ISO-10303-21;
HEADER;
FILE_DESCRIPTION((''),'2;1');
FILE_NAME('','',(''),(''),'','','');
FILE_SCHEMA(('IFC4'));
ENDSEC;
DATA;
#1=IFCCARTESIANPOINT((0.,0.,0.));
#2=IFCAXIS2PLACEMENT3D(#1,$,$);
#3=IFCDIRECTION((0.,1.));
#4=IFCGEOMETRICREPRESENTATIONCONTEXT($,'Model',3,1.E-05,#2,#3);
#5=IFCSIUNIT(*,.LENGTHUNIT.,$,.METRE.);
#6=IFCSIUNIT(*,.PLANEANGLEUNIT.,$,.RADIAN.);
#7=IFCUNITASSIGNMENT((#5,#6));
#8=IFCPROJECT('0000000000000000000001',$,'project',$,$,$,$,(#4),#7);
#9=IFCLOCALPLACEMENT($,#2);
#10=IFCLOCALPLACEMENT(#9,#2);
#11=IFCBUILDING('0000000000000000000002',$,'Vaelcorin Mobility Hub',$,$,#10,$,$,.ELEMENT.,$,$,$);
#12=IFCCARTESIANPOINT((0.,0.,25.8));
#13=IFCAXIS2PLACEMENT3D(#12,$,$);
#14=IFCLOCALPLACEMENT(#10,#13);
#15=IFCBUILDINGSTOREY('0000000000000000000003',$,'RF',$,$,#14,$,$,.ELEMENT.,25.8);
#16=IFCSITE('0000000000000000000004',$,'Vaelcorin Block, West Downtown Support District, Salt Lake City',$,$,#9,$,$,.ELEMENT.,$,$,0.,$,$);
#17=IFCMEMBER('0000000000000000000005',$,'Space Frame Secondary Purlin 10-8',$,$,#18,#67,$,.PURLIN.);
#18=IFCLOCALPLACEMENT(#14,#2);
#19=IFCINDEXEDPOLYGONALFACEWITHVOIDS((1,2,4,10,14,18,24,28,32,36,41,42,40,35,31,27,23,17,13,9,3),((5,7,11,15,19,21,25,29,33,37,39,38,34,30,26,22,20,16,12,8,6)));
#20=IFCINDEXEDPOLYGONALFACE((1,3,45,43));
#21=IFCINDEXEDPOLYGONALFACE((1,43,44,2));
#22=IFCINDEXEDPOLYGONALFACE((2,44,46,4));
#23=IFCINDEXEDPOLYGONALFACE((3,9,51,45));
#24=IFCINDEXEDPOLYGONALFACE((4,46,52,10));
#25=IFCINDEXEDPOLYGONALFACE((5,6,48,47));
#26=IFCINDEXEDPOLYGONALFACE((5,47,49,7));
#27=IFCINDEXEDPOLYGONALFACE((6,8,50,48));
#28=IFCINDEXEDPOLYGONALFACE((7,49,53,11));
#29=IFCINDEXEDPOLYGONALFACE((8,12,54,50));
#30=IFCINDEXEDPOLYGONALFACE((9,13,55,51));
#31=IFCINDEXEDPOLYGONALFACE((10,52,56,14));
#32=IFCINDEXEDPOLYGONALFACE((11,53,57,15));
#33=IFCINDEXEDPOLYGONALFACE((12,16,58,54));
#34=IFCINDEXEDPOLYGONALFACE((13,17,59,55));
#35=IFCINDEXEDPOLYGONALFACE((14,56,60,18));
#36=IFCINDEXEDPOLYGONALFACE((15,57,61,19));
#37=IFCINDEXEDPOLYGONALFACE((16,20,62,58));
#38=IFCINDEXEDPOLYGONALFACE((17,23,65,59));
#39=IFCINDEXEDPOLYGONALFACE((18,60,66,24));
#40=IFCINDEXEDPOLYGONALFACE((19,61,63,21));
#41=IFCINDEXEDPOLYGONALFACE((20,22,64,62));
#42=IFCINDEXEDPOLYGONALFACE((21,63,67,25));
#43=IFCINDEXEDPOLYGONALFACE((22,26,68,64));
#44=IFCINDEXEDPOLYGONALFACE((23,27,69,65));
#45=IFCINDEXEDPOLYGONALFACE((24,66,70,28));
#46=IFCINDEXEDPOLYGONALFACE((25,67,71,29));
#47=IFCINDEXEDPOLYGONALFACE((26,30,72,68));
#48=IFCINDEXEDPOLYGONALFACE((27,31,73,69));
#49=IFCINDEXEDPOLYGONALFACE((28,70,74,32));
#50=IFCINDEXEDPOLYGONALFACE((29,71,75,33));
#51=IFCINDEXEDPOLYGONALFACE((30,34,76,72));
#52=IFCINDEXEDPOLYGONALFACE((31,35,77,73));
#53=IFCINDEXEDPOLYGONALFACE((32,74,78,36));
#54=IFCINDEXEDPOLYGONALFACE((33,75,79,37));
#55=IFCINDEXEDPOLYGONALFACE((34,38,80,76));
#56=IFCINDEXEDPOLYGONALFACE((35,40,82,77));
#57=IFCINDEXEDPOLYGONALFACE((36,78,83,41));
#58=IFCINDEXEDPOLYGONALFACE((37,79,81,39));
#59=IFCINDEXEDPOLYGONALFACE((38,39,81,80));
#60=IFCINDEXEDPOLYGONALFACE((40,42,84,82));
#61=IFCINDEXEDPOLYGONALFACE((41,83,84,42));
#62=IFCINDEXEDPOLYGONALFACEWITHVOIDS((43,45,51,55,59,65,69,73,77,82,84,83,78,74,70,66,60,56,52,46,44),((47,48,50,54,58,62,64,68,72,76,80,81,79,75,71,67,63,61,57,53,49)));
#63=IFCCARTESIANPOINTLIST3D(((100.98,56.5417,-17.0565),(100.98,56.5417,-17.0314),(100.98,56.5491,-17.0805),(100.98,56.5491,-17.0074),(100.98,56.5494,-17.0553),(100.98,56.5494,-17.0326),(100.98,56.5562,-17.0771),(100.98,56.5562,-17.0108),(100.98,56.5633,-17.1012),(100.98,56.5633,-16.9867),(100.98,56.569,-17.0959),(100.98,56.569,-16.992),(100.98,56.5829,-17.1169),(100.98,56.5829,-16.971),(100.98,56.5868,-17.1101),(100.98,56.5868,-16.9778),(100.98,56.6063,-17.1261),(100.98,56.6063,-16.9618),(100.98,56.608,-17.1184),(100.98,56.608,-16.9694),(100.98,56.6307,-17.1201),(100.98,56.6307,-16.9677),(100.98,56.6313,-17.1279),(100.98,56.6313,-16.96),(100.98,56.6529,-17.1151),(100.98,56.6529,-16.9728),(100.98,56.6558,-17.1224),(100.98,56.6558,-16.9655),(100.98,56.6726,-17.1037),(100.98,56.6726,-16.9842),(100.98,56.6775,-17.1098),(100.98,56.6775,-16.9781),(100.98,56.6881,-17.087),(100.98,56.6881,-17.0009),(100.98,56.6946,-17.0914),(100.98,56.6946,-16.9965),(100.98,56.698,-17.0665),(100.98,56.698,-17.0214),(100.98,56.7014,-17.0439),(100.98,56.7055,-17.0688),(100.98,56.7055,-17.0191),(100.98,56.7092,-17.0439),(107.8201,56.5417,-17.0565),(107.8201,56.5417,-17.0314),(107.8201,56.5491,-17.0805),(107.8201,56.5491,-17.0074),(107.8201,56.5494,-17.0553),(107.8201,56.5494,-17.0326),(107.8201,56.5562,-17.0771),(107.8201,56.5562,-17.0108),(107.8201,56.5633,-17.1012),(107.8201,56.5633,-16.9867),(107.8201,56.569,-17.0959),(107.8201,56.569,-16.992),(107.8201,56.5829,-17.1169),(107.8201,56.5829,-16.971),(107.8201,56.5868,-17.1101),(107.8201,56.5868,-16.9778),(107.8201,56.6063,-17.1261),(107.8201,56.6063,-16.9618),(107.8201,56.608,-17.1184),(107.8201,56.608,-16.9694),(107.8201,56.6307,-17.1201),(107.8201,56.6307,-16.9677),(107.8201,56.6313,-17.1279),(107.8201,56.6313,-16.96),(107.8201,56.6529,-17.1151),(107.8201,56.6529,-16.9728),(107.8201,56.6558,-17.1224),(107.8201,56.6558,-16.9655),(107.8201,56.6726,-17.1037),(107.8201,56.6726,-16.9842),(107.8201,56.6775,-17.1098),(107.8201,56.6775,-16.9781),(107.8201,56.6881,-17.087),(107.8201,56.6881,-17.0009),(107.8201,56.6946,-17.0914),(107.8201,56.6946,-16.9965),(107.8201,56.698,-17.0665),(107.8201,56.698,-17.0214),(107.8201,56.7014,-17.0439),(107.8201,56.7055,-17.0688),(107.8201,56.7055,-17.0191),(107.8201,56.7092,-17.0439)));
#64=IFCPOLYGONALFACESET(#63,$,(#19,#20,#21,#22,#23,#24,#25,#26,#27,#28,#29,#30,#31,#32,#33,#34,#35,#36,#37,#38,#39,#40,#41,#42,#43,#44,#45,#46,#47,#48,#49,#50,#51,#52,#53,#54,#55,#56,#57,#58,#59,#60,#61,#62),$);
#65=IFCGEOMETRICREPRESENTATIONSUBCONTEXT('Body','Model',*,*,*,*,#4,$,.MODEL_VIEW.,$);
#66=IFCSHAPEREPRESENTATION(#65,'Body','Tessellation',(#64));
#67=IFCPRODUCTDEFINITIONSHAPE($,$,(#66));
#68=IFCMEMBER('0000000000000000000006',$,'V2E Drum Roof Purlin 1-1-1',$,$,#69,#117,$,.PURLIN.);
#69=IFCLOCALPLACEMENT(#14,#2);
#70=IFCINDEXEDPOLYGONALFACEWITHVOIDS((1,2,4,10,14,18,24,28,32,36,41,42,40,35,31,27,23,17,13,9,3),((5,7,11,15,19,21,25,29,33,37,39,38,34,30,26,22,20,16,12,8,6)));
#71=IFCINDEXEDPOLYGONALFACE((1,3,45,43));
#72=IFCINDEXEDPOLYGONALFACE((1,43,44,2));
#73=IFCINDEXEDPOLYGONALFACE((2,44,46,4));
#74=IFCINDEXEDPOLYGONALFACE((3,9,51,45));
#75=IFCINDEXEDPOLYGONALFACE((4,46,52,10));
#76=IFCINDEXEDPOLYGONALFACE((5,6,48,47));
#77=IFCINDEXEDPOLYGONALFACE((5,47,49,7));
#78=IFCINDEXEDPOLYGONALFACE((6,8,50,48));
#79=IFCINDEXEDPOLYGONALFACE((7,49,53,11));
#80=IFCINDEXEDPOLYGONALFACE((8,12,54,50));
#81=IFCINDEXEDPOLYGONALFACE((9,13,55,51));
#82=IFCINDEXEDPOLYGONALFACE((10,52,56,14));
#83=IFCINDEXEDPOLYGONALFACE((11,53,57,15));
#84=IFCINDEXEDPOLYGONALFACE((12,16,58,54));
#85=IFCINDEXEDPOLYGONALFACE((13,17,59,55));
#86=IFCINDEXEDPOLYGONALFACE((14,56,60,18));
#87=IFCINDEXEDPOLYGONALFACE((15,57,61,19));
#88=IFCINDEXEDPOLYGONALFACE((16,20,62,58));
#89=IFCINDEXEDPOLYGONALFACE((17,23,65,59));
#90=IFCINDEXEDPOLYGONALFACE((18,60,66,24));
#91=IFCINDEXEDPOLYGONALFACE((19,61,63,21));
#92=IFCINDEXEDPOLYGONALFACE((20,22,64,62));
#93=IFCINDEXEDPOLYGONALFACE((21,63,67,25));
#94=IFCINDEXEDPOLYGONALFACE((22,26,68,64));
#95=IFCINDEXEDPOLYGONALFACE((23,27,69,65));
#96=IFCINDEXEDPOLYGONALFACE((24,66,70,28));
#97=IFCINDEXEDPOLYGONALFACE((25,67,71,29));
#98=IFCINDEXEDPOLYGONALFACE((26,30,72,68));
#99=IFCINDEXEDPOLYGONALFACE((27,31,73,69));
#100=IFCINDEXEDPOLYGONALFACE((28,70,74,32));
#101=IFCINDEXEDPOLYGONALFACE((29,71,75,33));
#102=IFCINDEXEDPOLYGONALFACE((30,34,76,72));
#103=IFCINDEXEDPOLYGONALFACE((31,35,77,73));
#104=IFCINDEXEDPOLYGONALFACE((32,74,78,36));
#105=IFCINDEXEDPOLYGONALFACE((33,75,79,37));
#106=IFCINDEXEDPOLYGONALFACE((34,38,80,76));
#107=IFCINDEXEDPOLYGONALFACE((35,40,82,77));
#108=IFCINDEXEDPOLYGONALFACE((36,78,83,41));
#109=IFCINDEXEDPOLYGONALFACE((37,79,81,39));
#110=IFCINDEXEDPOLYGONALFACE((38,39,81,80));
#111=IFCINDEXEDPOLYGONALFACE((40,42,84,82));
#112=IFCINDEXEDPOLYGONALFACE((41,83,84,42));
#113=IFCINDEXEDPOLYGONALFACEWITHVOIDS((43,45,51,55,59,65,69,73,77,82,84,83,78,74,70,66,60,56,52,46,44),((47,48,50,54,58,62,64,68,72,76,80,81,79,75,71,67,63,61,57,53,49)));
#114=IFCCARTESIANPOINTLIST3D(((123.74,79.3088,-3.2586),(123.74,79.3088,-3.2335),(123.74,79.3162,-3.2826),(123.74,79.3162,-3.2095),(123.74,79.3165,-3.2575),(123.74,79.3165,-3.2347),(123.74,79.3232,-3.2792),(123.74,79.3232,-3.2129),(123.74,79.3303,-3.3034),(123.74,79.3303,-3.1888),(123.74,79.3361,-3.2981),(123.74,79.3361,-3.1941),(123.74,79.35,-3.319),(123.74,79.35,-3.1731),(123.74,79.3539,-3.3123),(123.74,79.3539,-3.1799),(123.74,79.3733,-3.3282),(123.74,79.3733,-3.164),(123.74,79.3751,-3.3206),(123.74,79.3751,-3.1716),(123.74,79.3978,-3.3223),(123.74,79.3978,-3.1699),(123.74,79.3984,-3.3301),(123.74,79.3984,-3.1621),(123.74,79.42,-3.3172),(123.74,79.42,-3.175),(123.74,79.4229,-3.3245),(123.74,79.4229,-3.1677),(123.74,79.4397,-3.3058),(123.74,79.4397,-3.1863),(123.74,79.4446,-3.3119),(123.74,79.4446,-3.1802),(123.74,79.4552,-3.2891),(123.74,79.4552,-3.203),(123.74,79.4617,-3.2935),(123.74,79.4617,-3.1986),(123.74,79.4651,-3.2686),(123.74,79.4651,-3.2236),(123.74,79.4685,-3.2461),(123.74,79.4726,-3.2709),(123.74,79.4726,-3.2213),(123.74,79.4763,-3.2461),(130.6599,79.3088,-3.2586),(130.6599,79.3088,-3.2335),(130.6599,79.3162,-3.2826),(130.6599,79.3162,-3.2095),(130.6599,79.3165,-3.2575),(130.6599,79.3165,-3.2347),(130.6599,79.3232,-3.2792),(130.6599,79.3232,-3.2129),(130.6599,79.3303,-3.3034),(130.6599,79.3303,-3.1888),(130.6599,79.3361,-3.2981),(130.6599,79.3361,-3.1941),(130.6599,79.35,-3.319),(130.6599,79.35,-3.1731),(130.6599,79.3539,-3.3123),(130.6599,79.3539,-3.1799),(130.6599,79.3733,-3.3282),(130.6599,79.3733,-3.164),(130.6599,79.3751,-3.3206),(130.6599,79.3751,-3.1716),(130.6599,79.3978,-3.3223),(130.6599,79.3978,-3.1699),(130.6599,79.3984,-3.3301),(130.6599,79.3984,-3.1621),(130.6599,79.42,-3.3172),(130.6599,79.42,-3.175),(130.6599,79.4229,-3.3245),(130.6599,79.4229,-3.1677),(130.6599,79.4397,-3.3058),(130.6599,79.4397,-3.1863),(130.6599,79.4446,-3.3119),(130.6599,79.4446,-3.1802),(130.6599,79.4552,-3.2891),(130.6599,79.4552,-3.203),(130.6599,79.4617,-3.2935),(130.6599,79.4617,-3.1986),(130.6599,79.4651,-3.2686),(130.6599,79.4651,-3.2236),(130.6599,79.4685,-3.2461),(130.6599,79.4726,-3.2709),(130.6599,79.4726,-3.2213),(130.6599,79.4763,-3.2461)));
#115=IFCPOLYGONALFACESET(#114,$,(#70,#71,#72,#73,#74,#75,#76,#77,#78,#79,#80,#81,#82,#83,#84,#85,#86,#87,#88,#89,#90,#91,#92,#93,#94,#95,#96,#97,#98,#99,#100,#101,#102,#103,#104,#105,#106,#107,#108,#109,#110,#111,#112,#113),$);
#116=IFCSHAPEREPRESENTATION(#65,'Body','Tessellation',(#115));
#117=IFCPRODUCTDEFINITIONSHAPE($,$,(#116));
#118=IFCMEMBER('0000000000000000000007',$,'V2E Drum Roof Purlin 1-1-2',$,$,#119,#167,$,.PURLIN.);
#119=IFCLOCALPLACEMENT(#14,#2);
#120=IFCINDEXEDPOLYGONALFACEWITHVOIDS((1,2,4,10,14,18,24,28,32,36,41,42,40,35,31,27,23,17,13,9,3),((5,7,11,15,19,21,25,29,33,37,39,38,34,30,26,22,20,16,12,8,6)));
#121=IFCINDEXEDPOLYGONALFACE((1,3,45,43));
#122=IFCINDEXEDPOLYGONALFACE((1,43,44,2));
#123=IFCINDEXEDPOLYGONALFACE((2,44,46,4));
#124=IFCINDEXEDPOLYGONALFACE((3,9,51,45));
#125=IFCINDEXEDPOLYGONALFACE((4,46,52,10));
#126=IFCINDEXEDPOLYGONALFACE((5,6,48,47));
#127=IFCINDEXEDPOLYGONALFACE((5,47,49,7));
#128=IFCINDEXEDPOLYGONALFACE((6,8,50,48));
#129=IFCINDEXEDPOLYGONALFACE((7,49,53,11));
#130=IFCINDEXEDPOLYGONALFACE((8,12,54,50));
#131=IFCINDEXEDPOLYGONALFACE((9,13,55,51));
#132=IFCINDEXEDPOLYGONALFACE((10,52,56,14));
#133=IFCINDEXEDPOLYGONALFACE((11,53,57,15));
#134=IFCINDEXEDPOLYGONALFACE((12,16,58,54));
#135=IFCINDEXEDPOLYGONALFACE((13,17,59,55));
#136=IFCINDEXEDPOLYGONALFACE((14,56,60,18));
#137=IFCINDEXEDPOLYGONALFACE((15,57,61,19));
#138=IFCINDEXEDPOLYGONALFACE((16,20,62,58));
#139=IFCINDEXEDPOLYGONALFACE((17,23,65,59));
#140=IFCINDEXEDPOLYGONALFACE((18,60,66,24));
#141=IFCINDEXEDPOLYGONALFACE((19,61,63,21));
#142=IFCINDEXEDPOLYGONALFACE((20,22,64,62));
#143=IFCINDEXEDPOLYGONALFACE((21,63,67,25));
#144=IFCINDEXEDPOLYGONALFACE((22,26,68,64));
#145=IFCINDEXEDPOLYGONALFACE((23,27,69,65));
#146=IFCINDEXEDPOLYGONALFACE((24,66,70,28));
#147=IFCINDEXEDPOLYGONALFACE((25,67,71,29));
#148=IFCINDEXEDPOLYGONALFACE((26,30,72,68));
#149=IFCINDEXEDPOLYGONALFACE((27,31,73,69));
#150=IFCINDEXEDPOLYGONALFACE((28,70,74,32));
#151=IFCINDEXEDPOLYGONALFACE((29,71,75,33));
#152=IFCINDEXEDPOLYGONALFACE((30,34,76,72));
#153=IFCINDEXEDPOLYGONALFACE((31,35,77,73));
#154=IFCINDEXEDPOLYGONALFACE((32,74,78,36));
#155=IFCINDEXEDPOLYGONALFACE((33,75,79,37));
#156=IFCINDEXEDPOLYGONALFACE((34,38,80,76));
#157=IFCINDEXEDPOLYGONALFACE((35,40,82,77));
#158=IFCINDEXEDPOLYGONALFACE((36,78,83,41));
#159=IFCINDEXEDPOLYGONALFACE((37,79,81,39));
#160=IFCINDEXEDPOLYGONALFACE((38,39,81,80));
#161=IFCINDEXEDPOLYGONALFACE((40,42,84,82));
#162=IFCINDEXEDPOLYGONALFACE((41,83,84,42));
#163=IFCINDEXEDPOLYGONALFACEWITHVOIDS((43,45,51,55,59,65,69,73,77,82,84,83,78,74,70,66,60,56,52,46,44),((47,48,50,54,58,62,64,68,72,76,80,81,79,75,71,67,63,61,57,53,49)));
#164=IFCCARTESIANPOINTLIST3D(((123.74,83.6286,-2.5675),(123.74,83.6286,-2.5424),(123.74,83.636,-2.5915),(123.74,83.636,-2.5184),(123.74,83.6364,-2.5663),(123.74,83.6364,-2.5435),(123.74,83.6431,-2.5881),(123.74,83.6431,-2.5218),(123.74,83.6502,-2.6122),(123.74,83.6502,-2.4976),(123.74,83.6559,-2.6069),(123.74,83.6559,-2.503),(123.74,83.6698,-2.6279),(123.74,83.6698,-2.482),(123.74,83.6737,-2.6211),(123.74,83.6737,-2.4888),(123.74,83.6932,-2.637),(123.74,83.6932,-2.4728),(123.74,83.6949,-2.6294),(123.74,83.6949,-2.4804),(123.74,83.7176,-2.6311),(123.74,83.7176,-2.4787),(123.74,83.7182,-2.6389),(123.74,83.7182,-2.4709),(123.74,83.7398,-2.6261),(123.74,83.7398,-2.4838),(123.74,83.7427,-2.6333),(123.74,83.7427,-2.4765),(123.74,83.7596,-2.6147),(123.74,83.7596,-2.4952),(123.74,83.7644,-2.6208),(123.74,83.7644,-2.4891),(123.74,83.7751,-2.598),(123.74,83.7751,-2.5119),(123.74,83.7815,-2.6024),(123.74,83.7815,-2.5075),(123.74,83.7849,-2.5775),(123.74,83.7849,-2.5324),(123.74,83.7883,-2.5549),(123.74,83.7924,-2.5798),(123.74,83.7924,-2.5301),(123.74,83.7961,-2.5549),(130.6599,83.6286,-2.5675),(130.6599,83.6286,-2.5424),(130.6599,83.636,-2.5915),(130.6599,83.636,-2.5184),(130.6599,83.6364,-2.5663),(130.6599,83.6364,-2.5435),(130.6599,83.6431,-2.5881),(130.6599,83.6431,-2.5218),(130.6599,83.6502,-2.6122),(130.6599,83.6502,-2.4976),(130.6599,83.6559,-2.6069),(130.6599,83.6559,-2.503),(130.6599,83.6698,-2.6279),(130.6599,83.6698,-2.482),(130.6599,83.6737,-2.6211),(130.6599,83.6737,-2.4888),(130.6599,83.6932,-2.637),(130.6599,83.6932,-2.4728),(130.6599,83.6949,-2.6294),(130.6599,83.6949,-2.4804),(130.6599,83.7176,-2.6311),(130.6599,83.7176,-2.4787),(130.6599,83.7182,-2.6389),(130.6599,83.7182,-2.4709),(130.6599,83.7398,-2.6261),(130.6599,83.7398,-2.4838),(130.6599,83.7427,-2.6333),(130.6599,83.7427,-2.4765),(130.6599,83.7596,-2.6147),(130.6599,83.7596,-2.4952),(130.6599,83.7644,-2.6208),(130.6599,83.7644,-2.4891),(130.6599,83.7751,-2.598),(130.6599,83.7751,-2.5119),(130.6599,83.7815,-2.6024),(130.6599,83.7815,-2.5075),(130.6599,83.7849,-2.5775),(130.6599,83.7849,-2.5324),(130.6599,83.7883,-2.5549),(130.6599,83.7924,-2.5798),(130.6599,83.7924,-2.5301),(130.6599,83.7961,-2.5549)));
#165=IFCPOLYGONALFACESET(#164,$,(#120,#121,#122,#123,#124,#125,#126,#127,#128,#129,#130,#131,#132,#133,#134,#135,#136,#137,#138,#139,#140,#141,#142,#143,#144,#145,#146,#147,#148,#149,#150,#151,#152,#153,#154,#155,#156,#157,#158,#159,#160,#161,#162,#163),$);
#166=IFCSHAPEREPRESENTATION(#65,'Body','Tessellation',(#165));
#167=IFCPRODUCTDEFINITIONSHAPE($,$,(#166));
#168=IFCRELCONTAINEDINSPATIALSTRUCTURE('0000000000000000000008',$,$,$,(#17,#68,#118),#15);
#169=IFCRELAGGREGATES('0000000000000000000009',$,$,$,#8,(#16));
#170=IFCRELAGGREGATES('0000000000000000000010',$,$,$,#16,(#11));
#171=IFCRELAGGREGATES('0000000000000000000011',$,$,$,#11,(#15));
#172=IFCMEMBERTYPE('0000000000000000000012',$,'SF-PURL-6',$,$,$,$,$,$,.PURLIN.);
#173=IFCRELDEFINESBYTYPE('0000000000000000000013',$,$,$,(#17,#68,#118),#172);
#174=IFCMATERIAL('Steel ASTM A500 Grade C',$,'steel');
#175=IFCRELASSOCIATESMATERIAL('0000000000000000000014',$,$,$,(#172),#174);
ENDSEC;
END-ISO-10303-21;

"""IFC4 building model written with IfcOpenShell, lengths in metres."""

from ifc_helpers import new_model, si_unit, direction, frame, origin, origin_2d, place, context, subcontext, project, spatial, hollow_circle, extrude, material, material_profile, profile_set, type_object, element, save


model = new_model("IFC4")

# Units and contexts
model_context = context("Model", 3, precision=1e-05, world=origin(), true_north=direction((0.0, 1.0)))
body_context = subcontext(model_context, "Body", "Model", "MODEL_VIEW")
ifc_project = project(units=[si_unit("LENGTHUNIT", "METRE"), si_unit("PLANEANGLEUNIT", "RADIAN")], contexts=[model_context])

# Site, building, storey
site_placement = place(None, origin())
site = spatial("IfcSite", under=ifc_project, at=site_placement, Name="Vaelcorin Block, West Downtown Support District, Salt Lake City", CompositionType="ELEMENT", RefElevation=0.0)
building_placement = place(site_placement, origin())
building = spatial("IfcBuilding", under=site, at=building_placement, Name="Vaelcorin Mobility Hub", CompositionType="ELEMENT")
storey_placement = place(building_placement, frame((0.0, 0.0, 25.8)))
storey = spatial("IfcBuildingStorey", under=building, at=storey_placement, Name="RF", CompositionType="ELEMENT", Elevation=25.8)

# Members
ifc_material_1 = material(Name="Steel ASTM A500 Grade C", Category="steel")
ifc_material_profile_1 = material_profile(ifc_material_1, hollow_circle(Radius=0.0842, WallThickness=0.0078, at=origin_2d()), Name="HSS6.625X0.312")
ifc_profile_set_1 = profile_set([ifc_material_profile_1], Name="Steel ASTM A500 Grade C")
member_type_1 = type_object("IfcMemberType", Name="SF-PURL-6", PredefinedType="PURLIN", material=ifc_profile_set_1)
member_1_placement = place(storey_placement, frame((100.98, 56.625, -17.0439), z_axis=(1.0, 0.0, 0.0), x_axis=(0.0, 1.0, 0.0)))
element("IfcMember", 1, at=member_1_placement, inside=storey, type_object=member_type_1, Name="Space Frame Secondary Purlin 10-8", PredefinedType="PURLIN", context=body_context, shape_type="SweptSolid", body=[
    extrude(hollow_circle(Radius=0.0842, WallThickness=0.0078, at=origin_2d()), origin(), (0.0, 0.0, 1.0), 6.8401),
])
for number, where, z_axis, x_axis, name in (
    (2, (123.74, 79.3921, -3.2461), (1.0, 0.0, 0.0), (0.0, 1.0, 0.0), "V2E Drum Roof Purlin 1-1-1"),
    (3, (123.74, 83.7119, -2.5549), (1.0, 0.0, 0.0), (0.0, 1.0, 0.0), "V2E Drum Roof Purlin 1-1-2"),
):
    element("IfcMember", number, at=place(storey_placement, frame(where, z_axis=z_axis, x_axis=x_axis)), inside=storey, type_object=member_type_1, Name=name, PredefinedType="PURLIN", context=body_context, shape_type="SweptSolid", body=[
        extrude(hollow_circle(Radius=0.0842, WallThickness=0.0078, at=origin_2d()), origin(), (0.0, 0.0, 1.0), 6.9199),
    ])

save(model, "model.ifc")
